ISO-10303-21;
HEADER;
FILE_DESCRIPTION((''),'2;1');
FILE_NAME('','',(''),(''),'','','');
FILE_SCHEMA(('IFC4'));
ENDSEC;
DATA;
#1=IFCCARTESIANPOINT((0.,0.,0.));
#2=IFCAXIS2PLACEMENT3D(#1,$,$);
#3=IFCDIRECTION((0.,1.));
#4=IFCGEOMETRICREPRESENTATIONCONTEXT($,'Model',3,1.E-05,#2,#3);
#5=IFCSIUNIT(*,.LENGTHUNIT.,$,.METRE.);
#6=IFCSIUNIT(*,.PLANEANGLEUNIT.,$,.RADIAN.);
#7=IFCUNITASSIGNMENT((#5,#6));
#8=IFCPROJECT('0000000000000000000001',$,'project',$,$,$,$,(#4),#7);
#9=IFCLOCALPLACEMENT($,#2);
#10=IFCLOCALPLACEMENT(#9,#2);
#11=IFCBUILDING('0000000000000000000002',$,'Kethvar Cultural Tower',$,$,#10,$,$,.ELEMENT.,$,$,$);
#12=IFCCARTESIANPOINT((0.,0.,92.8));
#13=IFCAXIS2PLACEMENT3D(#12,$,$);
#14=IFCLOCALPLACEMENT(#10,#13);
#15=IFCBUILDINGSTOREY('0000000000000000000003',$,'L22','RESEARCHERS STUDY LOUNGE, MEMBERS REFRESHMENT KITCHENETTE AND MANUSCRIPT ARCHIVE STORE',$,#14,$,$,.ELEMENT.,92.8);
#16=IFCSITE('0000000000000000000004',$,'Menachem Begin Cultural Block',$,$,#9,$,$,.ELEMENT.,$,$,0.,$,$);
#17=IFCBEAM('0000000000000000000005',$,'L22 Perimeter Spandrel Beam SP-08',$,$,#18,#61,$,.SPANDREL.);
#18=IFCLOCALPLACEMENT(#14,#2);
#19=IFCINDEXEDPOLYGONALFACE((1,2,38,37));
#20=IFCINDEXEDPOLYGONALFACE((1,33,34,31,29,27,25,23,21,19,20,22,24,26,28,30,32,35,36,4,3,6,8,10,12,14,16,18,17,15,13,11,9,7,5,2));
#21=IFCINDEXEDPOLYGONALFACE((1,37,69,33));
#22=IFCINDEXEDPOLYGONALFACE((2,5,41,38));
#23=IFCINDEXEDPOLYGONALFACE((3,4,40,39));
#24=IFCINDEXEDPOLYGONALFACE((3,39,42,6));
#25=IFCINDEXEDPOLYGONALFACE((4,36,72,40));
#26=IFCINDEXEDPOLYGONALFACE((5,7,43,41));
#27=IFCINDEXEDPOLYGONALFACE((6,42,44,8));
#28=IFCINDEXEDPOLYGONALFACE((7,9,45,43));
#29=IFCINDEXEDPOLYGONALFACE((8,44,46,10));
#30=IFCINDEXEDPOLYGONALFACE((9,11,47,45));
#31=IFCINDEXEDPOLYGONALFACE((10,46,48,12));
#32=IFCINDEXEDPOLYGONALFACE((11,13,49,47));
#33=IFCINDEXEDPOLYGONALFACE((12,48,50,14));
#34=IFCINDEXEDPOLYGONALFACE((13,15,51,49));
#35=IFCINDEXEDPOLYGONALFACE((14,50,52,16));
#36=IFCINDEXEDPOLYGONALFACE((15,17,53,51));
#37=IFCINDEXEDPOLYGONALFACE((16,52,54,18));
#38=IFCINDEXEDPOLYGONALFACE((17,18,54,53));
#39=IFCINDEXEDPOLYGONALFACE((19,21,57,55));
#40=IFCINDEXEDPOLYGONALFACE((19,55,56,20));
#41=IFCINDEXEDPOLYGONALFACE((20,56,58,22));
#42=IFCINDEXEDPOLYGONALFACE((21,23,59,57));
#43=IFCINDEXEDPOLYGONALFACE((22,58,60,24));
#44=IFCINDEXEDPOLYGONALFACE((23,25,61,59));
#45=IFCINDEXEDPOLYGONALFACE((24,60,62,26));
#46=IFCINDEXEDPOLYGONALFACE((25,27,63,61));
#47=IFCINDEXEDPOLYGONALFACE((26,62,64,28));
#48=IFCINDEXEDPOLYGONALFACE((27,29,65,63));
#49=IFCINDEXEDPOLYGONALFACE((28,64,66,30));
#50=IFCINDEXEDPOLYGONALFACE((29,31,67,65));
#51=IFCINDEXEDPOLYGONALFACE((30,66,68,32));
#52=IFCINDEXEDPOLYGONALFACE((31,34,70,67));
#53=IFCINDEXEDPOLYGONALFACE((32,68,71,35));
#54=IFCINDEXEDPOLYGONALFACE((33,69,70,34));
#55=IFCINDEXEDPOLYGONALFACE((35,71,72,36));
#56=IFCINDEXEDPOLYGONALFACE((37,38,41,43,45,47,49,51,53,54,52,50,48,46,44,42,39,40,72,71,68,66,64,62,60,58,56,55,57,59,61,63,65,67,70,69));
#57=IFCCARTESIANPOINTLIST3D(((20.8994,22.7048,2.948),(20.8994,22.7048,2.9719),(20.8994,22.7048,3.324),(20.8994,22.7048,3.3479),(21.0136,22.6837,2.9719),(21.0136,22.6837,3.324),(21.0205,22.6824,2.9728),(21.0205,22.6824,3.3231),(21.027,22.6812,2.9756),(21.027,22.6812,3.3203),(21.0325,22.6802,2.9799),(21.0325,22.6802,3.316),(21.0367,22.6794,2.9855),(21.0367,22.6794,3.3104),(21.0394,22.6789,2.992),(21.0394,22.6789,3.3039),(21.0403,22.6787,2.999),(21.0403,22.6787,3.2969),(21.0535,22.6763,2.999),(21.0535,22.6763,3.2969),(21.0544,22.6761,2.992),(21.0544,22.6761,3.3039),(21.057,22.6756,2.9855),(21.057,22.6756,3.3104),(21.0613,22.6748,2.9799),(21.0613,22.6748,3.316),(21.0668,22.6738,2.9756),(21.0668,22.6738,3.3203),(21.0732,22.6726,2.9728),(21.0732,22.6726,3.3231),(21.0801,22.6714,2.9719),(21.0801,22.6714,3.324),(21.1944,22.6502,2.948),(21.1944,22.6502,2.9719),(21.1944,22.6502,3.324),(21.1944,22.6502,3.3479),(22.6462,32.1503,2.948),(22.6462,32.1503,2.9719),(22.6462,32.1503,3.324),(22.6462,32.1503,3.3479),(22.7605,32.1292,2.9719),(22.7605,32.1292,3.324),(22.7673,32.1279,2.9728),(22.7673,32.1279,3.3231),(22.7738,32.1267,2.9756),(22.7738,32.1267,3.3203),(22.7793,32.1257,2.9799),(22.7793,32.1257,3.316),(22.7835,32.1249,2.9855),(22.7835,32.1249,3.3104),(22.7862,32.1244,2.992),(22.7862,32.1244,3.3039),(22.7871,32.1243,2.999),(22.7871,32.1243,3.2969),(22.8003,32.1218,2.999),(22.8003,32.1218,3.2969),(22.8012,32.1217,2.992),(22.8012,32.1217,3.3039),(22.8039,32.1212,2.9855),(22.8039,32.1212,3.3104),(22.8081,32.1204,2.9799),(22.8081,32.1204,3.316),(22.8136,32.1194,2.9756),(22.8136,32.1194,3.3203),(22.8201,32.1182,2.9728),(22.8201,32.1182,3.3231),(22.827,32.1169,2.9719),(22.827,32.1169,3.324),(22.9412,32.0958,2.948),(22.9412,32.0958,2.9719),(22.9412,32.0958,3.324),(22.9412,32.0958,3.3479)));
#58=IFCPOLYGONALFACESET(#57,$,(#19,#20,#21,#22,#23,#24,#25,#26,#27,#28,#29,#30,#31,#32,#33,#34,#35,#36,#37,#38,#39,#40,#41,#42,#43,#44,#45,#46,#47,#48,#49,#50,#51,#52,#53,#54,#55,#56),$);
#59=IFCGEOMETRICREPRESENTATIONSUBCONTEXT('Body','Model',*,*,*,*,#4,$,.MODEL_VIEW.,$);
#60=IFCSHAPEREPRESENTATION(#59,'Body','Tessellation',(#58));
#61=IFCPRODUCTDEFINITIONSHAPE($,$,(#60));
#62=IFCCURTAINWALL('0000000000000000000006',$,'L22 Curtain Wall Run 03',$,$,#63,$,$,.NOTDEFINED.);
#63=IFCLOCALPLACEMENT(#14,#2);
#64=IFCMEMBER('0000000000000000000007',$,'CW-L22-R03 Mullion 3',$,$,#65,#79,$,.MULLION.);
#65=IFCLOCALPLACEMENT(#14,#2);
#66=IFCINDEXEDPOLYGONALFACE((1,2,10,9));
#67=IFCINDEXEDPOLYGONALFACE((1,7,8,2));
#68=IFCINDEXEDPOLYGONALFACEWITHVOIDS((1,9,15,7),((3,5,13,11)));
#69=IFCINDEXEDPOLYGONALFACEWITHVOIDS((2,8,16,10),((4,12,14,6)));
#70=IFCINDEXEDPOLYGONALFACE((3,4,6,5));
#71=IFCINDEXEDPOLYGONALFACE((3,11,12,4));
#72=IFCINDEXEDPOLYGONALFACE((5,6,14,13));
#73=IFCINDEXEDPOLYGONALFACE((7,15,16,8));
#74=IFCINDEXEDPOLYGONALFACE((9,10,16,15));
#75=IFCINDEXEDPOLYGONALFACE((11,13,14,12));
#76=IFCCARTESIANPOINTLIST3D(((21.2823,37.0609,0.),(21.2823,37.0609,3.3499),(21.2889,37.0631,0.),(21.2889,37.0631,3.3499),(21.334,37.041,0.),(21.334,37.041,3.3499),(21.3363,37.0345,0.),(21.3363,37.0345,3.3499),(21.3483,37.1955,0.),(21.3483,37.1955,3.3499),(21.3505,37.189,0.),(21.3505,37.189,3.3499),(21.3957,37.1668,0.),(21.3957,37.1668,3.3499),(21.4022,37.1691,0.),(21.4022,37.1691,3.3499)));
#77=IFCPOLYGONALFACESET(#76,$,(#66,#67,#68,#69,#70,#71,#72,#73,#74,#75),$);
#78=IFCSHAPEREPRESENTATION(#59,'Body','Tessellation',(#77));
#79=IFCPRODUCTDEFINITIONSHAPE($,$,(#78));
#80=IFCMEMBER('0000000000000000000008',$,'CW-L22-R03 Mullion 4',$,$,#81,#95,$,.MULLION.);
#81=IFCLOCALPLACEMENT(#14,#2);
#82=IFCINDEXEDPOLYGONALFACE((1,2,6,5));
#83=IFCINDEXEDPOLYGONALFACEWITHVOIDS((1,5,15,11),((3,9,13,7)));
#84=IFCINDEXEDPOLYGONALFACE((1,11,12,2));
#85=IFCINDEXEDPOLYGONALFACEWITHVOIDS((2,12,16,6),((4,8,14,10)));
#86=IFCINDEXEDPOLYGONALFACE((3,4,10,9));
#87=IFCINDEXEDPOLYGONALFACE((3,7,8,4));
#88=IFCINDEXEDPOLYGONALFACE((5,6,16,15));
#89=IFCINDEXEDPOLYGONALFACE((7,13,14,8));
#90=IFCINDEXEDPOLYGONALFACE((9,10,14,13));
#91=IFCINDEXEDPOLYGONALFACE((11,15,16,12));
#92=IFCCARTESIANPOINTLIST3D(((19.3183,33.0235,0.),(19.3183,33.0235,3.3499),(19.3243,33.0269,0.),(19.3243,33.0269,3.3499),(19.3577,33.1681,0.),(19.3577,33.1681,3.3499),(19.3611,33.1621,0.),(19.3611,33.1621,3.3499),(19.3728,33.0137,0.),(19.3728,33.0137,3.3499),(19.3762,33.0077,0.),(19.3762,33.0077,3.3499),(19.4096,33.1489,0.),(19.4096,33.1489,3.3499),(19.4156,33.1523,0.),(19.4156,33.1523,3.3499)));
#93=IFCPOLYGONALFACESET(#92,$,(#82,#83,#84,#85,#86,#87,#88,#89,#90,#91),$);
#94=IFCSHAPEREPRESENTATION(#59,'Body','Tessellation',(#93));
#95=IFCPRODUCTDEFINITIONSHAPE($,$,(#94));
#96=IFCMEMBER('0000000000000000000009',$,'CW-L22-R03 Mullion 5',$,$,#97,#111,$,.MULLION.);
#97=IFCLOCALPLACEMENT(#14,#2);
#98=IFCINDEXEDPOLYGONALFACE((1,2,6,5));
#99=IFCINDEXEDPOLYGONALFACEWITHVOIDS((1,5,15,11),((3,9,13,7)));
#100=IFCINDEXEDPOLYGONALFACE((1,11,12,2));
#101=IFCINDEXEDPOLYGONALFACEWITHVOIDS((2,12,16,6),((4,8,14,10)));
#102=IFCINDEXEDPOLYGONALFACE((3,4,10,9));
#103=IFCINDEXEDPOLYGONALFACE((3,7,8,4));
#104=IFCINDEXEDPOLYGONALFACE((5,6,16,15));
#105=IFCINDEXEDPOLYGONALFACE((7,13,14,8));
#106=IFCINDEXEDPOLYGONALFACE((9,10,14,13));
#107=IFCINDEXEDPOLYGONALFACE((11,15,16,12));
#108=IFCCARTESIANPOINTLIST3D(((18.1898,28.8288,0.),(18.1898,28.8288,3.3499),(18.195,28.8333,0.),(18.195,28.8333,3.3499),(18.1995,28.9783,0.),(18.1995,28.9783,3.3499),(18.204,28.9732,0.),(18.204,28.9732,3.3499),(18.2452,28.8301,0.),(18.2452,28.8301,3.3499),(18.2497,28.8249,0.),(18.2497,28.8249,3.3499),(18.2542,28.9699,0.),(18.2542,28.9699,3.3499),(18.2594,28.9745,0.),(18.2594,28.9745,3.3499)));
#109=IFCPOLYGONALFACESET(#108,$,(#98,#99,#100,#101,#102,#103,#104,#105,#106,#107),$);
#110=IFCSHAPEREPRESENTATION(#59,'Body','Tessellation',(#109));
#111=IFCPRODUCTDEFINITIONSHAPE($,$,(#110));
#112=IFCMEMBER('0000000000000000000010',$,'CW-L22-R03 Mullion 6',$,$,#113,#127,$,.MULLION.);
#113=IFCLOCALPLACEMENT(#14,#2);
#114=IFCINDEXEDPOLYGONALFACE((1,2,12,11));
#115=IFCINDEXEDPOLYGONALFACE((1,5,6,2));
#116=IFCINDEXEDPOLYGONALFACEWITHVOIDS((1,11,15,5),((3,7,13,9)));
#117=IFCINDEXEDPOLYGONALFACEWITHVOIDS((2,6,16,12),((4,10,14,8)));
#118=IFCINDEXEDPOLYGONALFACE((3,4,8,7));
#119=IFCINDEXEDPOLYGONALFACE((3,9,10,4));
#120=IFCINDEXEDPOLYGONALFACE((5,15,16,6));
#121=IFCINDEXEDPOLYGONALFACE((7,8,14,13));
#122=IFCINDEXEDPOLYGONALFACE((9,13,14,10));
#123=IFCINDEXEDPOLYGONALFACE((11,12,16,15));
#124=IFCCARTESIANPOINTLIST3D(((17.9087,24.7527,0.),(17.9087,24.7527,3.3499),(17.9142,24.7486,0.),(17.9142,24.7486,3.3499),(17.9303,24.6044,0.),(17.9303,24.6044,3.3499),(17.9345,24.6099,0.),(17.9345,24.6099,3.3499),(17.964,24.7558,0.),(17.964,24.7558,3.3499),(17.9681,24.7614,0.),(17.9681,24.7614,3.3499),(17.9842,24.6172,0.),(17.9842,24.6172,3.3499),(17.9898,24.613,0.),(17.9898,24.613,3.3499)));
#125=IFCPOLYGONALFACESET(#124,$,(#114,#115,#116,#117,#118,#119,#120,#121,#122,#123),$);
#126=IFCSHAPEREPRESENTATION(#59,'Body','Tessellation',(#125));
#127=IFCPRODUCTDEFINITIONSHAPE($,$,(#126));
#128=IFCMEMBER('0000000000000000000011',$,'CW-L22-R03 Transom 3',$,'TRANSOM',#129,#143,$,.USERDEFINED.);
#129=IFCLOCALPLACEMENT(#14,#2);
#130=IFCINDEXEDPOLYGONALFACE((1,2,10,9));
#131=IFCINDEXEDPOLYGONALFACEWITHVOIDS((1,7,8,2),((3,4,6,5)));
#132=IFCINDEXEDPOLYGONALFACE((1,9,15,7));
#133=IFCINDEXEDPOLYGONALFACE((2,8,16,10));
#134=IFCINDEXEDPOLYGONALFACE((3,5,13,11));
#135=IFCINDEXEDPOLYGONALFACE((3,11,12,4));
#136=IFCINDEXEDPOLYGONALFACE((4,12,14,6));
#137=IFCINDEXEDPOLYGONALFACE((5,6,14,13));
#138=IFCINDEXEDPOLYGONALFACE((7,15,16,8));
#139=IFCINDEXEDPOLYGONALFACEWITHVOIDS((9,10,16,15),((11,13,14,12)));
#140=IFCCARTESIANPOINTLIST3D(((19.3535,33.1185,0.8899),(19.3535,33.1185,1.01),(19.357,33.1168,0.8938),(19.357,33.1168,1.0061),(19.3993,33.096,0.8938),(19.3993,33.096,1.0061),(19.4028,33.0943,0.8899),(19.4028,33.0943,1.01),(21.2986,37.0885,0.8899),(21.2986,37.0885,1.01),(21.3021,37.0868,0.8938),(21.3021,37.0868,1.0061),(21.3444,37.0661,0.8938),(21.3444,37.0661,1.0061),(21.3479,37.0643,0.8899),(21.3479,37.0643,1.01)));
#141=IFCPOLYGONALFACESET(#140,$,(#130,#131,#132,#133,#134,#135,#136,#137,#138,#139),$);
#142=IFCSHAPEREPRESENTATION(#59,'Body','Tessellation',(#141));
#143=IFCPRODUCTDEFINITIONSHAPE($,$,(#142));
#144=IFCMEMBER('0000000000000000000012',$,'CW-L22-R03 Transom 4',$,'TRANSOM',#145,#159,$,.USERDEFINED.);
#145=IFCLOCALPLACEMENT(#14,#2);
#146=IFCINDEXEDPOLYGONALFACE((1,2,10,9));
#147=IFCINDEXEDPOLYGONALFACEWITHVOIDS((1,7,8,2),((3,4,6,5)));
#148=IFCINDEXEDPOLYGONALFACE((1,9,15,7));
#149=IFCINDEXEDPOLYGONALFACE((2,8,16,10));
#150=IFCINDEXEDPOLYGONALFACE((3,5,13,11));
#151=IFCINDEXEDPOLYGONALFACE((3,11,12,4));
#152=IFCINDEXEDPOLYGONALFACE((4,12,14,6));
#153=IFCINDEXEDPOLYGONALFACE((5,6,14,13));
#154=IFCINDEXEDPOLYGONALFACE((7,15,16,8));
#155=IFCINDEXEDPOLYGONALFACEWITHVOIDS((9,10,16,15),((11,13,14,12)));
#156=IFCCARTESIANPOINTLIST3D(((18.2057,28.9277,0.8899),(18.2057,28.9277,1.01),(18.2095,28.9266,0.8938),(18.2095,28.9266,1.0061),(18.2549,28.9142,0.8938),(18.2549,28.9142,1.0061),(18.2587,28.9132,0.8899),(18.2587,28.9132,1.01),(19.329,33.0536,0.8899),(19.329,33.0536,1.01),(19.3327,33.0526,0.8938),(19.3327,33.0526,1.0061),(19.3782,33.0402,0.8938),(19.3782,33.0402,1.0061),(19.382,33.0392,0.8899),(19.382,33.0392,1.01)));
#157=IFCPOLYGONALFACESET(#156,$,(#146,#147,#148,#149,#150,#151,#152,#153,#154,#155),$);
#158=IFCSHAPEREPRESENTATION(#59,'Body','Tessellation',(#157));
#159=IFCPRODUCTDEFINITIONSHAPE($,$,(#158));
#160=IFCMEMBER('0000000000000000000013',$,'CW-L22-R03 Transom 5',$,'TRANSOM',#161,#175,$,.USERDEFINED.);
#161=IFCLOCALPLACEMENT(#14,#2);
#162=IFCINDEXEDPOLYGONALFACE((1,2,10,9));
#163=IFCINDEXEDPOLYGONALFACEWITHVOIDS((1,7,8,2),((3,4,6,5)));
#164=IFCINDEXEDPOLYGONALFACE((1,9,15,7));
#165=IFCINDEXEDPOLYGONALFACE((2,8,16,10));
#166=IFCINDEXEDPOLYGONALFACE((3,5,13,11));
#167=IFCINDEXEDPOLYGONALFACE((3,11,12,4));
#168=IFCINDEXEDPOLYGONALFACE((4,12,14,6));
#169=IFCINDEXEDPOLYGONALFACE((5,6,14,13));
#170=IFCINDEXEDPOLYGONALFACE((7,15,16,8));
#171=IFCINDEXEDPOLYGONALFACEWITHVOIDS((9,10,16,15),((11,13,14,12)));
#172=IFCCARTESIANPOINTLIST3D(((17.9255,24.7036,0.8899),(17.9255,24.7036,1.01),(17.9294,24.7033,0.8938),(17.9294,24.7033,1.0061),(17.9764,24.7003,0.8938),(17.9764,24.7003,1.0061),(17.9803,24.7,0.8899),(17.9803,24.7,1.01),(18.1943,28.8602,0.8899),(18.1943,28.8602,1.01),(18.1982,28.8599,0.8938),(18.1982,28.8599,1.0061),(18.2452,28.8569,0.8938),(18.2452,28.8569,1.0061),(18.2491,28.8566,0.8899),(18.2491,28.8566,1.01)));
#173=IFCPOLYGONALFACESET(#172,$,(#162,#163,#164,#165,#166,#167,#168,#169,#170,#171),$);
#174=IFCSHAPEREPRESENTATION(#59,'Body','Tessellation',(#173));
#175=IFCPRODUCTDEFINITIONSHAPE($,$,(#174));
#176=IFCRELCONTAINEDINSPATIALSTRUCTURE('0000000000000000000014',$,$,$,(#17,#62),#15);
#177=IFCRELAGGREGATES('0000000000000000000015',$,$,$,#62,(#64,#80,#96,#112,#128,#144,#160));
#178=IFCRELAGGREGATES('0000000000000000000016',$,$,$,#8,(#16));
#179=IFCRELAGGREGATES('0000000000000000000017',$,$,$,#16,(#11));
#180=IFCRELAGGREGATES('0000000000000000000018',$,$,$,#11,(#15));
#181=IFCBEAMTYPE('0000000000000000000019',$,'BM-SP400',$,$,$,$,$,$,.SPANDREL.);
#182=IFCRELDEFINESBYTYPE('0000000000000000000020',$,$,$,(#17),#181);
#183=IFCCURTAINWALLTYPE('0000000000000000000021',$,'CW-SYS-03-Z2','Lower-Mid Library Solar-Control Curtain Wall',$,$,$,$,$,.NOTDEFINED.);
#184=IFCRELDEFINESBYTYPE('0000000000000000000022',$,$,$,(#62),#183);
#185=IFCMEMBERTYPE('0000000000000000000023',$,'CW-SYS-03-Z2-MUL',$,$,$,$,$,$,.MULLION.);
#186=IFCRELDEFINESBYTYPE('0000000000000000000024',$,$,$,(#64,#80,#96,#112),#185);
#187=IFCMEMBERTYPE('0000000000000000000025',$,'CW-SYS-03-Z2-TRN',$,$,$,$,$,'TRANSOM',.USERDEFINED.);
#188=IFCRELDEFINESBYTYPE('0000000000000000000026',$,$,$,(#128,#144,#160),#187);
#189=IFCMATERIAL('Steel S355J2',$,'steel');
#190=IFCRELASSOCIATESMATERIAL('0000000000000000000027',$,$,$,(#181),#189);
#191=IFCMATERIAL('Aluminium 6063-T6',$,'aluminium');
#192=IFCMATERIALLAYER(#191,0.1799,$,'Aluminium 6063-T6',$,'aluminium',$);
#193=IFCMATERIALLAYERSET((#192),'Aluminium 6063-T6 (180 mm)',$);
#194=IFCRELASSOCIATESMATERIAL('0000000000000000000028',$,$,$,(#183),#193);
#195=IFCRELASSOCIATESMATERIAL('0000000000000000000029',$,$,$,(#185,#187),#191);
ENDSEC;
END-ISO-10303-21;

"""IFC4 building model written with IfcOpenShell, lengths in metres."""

from ifc_helpers import new_model, si_unit, direction, frame, origin, origin_2d, place, context, subcontext, project, spatial, hollow_rectangle, i_section, extrude, source, transform, mapped, material, layer, layer_set, material_profile, profile_set, type_object, element, aggregate, save


model = new_model("IFC4")

# Units and contexts
model_context = context("Model", 3, precision=1e-05, world=origin(), true_north=direction((0.0, 1.0)))
body_context = subcontext(model_context, "Body", "Model", "MODEL_VIEW")
ifc_project = project(units=[si_unit("LENGTHUNIT", "METRE"), si_unit("PLANEANGLEUNIT", "RADIAN")], contexts=[model_context])

# Site, building, storey
site_placement = place(None, origin())
site = spatial("IfcSite", under=ifc_project, at=site_placement, Name="Menachem Begin Cultural Block", CompositionType="ELEMENT", RefElevation=0.0)
building_placement = place(site_placement, origin())
building = spatial("IfcBuilding", under=site, at=building_placement, Name="Kethvar Cultural Tower", CompositionType="ELEMENT")
storey_placement = place(building_placement, frame((0.0, 0.0, 92.8)))
storey = spatial("IfcBuildingStorey", under=building, at=storey_placement, Name="L22", Description="RESEARCHERS STUDY LOUNGE, MEMBERS REFRESHMENT KITCHENETTE AND MANUSCRIPT ARCHIVE STORE", CompositionType="ELEMENT", Elevation=92.8)

# Beam
ifc_material_1 = material(Name="Steel S355J2", Category="steel")
ifc_material_profile_1 = material_profile(ifc_material_1, i_section(OverallWidth=0.3, OverallDepth=0.3999, WebThickness=0.0134, FlangeThickness=0.0239, FilletRadius=0.0271, at=origin_2d()), Name="Steel S355J2 — HEB400")
ifc_profile_set_1 = profile_set([ifc_material_profile_1], Name="Steel S355J2 — HEB400")
beam_type_1 = type_object("IfcBeamType", Name="BM-SP400", PredefinedType="SPANDREL", material=ifc_profile_set_1)
shared_shape_1 = source(origin(), body_context, "Body", "SweptSolid", [
    extrude(i_section(OverallWidth=0.3, OverallDepth=0.3999, WebThickness=0.0134, FlangeThickness=0.0239, FilletRadius=0.0271, at=origin_2d()), origin(), (0.0, 0.0, 1.0), 9.6057),
])
beam_1_placement = place(storey_placement, frame((22.7937, 32.123, 3.1479), z_axis=(-0.181853, -0.983326, 0.0), x_axis=(0.983326, -0.181853, 0.0)))
element("IfcBeam", 1, at=beam_1_placement, inside=storey, type_object=beam_type_1, Name="L22 Perimeter Spandrel Beam SP-08", PredefinedType="SPANDREL", context=body_context, shape_type="MappedRepresentation", body=[
    mapped(shared_shape_1, transform((0.0, 0.0, 0.0), scale=1.0)),
])

# Curtain wall, members
ifc_material_2 = material(Name="Aluminium 6063-T6", Category="aluminium")
ifc_layer_1 = layer(ifc_material_2, 0.1799, Name="Aluminium 6063-T6", Category="aluminium")
ifc_layer_set_1 = layer_set([ifc_layer_1], Name="Aluminium 6063-T6 (180 mm)")
curtain_wall_type = type_object("IfcCurtainWallType", Name="CW-SYS-03-Z2", Description="Lower-Mid Library Solar-Control Curtain Wall", PredefinedType="NOTDEFINED", material=ifc_layer_set_1)
curtain_wall_placement = place(storey_placement, origin())
curtain_wall = element("IfcCurtainWall", 2, at=curtain_wall_placement, inside=storey, type_object=curtain_wall_type, Name="L22 Curtain Wall Run 03", PredefinedType="NOTDEFINED")
ifc_material_profile_2 = material_profile(ifc_material_2, hollow_rectangle(XDim=0.0601, YDim=0.1499, WallThickness=0.0049, at=origin_2d()), Name="Aluminium 6063-T6 — RHS150x60x5")
ifc_profile_set_2 = profile_set([ifc_material_profile_2], Name="Aluminium 6063-T6 — RHS150x60x5")
member_type_1 = type_object("IfcMemberType", Name="CW-SYS-03-Z2-MUL", PredefinedType="MULLION", material=ifc_profile_set_2)
shared_shape_2 = source(origin(), body_context, "Body", "SweptSolid", [
    extrude(hollow_rectangle(XDim=0.0601, YDim=0.1499, WallThickness=0.0049, at=origin_2d()), origin(), (0.0, 0.0, 1.0), 3.3499),
])
member_1_placement = place(storey_placement, frame((21.3423, 37.115, 0.0), z_axis=(0.0, 0.0, 1.0), x_axis=(0.898012, -0.439971, 0.0)))
member_1 = element("IfcMember", 3, at=member_1_placement, type_object=member_type_1, Name="CW-L22-R03 Mullion 3", PredefinedType="MULLION", context=body_context, shape_type="MappedRepresentation", body=[
    mapped(shared_shape_2, transform((0.0, 0.0, 0.0), scale=1.0)),
])
member_2_placement = place(storey_placement, frame((19.3669, 33.0879, 0.0), z_axis=(0.0, 0.0, 1.0), x_axis=(0.96487, -0.262728, 0.0)))
member_2 = element("IfcMember", 4, at=member_2_placement, type_object=member_type_1, Name="CW-L22-R03 Mullion 4", PredefinedType="MULLION", context=body_context, shape_type="MappedRepresentation", body=[
    mapped(shared_shape_2, transform((0.0, 0.0, 0.0), scale=1.0)),
])
member_3_placement = place(storey_placement, frame((18.2246, 28.9016, 0.0), z_axis=(0.0, 0.0, 1.0), x_axis=(0.997916, -0.064532, 0.0)))
member_3 = element("IfcMember", 5, at=member_3_placement, type_object=member_type_1, Name="CW-L22-R03 Mullion 5", PredefinedType="MULLION", context=body_context, shape_type="MappedRepresentation", body=[
    mapped(shared_shape_2, transform((0.0, 0.0, 0.0), scale=1.0)),
])
member_4_placement = place(storey_placement, frame((17.9492, 24.6829, 0.0), z_axis=(0.0, 0.0, 1.0), x_axis=(0.989508, 0.144477, 0.0)))
member_4 = element("IfcMember", 6, at=member_4_placement, type_object=member_type_1, Name="CW-L22-R03 Mullion 6", PredefinedType="MULLION", context=body_context, shape_type="MappedRepresentation", body=[
    mapped(shared_shape_2, transform((0.0, 0.0, 0.0), scale=1.0)),
])
ifc_material_profile_3 = material_profile(ifc_material_2, hollow_rectangle(XDim=0.0549, YDim=0.1201, WallThickness=0.0039, at=origin_2d()), Name="Aluminium 6063-T6 — RHS120x55x4")
ifc_profile_set_3 = profile_set([ifc_material_profile_3], Name="Aluminium 6063-T6 — RHS120x55x4")
member_type_2 = type_object("IfcMemberType", Name="CW-SYS-03-Z2-TRN", ElementType="TRANSOM", PredefinedType="USERDEFINED", material=ifc_profile_set_3)
shared_shape_3 = source(origin(), body_context, "Body", "SweptSolid", [
    extrude(hollow_rectangle(XDim=0.0549, YDim=0.1201, WallThickness=0.0039, at=origin_2d()), origin(), (0.0, 0.0, 1.0), 4.4209),
])
member_5_placement = place(storey_placement, frame((21.3232, 37.0764, 0.95), z_axis=(-0.439976, -0.89801, 0.0), x_axis=(0.89801, -0.439976, 0.0)))
member_5 = element("IfcMember", 7, at=member_5_placement, type_object=member_type_2, Name="CW-L22-R03 Transom 3", ObjectType="TRANSOM", PredefinedType="USERDEFINED", context=body_context, shape_type="MappedRepresentation", body=[
    mapped(shared_shape_3, transform((0.0, 0.0, 0.0), scale=1.0)),
])
shared_shape_4 = source(origin(), body_context, "Body", "SweptSolid", [
    extrude(hollow_rectangle(XDim=0.0549, YDim=0.1201, WallThickness=0.0039, at=origin_2d()), origin(), (0.0, 0.0, 1.0), 4.2761),
])
member_6_placement = place(storey_placement, frame((19.3555, 33.0464, 0.95), z_axis=(-0.262687, -0.964881, 0.0), x_axis=(0.964881, -0.262687, 0.0)))
member_6 = element("IfcMember", 8, at=member_6_placement, type_object=member_type_2, Name="CW-L22-R03 Transom 4", ObjectType="TRANSOM", PredefinedType="USERDEFINED", context=body_context, shape_type="MappedRepresentation", body=[
    mapped(shared_shape_4, transform((0.0, 0.0, 0.0), scale=1.0)),
])
shared_shape_5 = source(origin(), body_context, "Body", "SweptSolid", [
    extrude(hollow_rectangle(XDim=0.0549, YDim=0.1201, WallThickness=0.0039, at=origin_2d()), origin(), (0.0, 0.0, 1.0), 4.1653),
])
member_7_placement = place(storey_placement, frame((18.2217, 28.8584, 0.95), z_axis=(-0.064535, -0.997915, 0.0), x_axis=(0.997915, -0.064535, 0.0)))
member_7 = element("IfcMember", 9, at=member_7_placement, type_object=member_type_2, Name="CW-L22-R03 Transom 5", ObjectType="TRANSOM", PredefinedType="USERDEFINED", context=body_context, shape_type="MappedRepresentation", body=[
    mapped(shared_shape_5, transform((0.0, 0.0, 0.0), scale=1.0)),
])
aggregate(curtain_wall, [member_1, member_2, member_3, member_4, member_5, member_6, member_7])

save(model, "model.ifc")
